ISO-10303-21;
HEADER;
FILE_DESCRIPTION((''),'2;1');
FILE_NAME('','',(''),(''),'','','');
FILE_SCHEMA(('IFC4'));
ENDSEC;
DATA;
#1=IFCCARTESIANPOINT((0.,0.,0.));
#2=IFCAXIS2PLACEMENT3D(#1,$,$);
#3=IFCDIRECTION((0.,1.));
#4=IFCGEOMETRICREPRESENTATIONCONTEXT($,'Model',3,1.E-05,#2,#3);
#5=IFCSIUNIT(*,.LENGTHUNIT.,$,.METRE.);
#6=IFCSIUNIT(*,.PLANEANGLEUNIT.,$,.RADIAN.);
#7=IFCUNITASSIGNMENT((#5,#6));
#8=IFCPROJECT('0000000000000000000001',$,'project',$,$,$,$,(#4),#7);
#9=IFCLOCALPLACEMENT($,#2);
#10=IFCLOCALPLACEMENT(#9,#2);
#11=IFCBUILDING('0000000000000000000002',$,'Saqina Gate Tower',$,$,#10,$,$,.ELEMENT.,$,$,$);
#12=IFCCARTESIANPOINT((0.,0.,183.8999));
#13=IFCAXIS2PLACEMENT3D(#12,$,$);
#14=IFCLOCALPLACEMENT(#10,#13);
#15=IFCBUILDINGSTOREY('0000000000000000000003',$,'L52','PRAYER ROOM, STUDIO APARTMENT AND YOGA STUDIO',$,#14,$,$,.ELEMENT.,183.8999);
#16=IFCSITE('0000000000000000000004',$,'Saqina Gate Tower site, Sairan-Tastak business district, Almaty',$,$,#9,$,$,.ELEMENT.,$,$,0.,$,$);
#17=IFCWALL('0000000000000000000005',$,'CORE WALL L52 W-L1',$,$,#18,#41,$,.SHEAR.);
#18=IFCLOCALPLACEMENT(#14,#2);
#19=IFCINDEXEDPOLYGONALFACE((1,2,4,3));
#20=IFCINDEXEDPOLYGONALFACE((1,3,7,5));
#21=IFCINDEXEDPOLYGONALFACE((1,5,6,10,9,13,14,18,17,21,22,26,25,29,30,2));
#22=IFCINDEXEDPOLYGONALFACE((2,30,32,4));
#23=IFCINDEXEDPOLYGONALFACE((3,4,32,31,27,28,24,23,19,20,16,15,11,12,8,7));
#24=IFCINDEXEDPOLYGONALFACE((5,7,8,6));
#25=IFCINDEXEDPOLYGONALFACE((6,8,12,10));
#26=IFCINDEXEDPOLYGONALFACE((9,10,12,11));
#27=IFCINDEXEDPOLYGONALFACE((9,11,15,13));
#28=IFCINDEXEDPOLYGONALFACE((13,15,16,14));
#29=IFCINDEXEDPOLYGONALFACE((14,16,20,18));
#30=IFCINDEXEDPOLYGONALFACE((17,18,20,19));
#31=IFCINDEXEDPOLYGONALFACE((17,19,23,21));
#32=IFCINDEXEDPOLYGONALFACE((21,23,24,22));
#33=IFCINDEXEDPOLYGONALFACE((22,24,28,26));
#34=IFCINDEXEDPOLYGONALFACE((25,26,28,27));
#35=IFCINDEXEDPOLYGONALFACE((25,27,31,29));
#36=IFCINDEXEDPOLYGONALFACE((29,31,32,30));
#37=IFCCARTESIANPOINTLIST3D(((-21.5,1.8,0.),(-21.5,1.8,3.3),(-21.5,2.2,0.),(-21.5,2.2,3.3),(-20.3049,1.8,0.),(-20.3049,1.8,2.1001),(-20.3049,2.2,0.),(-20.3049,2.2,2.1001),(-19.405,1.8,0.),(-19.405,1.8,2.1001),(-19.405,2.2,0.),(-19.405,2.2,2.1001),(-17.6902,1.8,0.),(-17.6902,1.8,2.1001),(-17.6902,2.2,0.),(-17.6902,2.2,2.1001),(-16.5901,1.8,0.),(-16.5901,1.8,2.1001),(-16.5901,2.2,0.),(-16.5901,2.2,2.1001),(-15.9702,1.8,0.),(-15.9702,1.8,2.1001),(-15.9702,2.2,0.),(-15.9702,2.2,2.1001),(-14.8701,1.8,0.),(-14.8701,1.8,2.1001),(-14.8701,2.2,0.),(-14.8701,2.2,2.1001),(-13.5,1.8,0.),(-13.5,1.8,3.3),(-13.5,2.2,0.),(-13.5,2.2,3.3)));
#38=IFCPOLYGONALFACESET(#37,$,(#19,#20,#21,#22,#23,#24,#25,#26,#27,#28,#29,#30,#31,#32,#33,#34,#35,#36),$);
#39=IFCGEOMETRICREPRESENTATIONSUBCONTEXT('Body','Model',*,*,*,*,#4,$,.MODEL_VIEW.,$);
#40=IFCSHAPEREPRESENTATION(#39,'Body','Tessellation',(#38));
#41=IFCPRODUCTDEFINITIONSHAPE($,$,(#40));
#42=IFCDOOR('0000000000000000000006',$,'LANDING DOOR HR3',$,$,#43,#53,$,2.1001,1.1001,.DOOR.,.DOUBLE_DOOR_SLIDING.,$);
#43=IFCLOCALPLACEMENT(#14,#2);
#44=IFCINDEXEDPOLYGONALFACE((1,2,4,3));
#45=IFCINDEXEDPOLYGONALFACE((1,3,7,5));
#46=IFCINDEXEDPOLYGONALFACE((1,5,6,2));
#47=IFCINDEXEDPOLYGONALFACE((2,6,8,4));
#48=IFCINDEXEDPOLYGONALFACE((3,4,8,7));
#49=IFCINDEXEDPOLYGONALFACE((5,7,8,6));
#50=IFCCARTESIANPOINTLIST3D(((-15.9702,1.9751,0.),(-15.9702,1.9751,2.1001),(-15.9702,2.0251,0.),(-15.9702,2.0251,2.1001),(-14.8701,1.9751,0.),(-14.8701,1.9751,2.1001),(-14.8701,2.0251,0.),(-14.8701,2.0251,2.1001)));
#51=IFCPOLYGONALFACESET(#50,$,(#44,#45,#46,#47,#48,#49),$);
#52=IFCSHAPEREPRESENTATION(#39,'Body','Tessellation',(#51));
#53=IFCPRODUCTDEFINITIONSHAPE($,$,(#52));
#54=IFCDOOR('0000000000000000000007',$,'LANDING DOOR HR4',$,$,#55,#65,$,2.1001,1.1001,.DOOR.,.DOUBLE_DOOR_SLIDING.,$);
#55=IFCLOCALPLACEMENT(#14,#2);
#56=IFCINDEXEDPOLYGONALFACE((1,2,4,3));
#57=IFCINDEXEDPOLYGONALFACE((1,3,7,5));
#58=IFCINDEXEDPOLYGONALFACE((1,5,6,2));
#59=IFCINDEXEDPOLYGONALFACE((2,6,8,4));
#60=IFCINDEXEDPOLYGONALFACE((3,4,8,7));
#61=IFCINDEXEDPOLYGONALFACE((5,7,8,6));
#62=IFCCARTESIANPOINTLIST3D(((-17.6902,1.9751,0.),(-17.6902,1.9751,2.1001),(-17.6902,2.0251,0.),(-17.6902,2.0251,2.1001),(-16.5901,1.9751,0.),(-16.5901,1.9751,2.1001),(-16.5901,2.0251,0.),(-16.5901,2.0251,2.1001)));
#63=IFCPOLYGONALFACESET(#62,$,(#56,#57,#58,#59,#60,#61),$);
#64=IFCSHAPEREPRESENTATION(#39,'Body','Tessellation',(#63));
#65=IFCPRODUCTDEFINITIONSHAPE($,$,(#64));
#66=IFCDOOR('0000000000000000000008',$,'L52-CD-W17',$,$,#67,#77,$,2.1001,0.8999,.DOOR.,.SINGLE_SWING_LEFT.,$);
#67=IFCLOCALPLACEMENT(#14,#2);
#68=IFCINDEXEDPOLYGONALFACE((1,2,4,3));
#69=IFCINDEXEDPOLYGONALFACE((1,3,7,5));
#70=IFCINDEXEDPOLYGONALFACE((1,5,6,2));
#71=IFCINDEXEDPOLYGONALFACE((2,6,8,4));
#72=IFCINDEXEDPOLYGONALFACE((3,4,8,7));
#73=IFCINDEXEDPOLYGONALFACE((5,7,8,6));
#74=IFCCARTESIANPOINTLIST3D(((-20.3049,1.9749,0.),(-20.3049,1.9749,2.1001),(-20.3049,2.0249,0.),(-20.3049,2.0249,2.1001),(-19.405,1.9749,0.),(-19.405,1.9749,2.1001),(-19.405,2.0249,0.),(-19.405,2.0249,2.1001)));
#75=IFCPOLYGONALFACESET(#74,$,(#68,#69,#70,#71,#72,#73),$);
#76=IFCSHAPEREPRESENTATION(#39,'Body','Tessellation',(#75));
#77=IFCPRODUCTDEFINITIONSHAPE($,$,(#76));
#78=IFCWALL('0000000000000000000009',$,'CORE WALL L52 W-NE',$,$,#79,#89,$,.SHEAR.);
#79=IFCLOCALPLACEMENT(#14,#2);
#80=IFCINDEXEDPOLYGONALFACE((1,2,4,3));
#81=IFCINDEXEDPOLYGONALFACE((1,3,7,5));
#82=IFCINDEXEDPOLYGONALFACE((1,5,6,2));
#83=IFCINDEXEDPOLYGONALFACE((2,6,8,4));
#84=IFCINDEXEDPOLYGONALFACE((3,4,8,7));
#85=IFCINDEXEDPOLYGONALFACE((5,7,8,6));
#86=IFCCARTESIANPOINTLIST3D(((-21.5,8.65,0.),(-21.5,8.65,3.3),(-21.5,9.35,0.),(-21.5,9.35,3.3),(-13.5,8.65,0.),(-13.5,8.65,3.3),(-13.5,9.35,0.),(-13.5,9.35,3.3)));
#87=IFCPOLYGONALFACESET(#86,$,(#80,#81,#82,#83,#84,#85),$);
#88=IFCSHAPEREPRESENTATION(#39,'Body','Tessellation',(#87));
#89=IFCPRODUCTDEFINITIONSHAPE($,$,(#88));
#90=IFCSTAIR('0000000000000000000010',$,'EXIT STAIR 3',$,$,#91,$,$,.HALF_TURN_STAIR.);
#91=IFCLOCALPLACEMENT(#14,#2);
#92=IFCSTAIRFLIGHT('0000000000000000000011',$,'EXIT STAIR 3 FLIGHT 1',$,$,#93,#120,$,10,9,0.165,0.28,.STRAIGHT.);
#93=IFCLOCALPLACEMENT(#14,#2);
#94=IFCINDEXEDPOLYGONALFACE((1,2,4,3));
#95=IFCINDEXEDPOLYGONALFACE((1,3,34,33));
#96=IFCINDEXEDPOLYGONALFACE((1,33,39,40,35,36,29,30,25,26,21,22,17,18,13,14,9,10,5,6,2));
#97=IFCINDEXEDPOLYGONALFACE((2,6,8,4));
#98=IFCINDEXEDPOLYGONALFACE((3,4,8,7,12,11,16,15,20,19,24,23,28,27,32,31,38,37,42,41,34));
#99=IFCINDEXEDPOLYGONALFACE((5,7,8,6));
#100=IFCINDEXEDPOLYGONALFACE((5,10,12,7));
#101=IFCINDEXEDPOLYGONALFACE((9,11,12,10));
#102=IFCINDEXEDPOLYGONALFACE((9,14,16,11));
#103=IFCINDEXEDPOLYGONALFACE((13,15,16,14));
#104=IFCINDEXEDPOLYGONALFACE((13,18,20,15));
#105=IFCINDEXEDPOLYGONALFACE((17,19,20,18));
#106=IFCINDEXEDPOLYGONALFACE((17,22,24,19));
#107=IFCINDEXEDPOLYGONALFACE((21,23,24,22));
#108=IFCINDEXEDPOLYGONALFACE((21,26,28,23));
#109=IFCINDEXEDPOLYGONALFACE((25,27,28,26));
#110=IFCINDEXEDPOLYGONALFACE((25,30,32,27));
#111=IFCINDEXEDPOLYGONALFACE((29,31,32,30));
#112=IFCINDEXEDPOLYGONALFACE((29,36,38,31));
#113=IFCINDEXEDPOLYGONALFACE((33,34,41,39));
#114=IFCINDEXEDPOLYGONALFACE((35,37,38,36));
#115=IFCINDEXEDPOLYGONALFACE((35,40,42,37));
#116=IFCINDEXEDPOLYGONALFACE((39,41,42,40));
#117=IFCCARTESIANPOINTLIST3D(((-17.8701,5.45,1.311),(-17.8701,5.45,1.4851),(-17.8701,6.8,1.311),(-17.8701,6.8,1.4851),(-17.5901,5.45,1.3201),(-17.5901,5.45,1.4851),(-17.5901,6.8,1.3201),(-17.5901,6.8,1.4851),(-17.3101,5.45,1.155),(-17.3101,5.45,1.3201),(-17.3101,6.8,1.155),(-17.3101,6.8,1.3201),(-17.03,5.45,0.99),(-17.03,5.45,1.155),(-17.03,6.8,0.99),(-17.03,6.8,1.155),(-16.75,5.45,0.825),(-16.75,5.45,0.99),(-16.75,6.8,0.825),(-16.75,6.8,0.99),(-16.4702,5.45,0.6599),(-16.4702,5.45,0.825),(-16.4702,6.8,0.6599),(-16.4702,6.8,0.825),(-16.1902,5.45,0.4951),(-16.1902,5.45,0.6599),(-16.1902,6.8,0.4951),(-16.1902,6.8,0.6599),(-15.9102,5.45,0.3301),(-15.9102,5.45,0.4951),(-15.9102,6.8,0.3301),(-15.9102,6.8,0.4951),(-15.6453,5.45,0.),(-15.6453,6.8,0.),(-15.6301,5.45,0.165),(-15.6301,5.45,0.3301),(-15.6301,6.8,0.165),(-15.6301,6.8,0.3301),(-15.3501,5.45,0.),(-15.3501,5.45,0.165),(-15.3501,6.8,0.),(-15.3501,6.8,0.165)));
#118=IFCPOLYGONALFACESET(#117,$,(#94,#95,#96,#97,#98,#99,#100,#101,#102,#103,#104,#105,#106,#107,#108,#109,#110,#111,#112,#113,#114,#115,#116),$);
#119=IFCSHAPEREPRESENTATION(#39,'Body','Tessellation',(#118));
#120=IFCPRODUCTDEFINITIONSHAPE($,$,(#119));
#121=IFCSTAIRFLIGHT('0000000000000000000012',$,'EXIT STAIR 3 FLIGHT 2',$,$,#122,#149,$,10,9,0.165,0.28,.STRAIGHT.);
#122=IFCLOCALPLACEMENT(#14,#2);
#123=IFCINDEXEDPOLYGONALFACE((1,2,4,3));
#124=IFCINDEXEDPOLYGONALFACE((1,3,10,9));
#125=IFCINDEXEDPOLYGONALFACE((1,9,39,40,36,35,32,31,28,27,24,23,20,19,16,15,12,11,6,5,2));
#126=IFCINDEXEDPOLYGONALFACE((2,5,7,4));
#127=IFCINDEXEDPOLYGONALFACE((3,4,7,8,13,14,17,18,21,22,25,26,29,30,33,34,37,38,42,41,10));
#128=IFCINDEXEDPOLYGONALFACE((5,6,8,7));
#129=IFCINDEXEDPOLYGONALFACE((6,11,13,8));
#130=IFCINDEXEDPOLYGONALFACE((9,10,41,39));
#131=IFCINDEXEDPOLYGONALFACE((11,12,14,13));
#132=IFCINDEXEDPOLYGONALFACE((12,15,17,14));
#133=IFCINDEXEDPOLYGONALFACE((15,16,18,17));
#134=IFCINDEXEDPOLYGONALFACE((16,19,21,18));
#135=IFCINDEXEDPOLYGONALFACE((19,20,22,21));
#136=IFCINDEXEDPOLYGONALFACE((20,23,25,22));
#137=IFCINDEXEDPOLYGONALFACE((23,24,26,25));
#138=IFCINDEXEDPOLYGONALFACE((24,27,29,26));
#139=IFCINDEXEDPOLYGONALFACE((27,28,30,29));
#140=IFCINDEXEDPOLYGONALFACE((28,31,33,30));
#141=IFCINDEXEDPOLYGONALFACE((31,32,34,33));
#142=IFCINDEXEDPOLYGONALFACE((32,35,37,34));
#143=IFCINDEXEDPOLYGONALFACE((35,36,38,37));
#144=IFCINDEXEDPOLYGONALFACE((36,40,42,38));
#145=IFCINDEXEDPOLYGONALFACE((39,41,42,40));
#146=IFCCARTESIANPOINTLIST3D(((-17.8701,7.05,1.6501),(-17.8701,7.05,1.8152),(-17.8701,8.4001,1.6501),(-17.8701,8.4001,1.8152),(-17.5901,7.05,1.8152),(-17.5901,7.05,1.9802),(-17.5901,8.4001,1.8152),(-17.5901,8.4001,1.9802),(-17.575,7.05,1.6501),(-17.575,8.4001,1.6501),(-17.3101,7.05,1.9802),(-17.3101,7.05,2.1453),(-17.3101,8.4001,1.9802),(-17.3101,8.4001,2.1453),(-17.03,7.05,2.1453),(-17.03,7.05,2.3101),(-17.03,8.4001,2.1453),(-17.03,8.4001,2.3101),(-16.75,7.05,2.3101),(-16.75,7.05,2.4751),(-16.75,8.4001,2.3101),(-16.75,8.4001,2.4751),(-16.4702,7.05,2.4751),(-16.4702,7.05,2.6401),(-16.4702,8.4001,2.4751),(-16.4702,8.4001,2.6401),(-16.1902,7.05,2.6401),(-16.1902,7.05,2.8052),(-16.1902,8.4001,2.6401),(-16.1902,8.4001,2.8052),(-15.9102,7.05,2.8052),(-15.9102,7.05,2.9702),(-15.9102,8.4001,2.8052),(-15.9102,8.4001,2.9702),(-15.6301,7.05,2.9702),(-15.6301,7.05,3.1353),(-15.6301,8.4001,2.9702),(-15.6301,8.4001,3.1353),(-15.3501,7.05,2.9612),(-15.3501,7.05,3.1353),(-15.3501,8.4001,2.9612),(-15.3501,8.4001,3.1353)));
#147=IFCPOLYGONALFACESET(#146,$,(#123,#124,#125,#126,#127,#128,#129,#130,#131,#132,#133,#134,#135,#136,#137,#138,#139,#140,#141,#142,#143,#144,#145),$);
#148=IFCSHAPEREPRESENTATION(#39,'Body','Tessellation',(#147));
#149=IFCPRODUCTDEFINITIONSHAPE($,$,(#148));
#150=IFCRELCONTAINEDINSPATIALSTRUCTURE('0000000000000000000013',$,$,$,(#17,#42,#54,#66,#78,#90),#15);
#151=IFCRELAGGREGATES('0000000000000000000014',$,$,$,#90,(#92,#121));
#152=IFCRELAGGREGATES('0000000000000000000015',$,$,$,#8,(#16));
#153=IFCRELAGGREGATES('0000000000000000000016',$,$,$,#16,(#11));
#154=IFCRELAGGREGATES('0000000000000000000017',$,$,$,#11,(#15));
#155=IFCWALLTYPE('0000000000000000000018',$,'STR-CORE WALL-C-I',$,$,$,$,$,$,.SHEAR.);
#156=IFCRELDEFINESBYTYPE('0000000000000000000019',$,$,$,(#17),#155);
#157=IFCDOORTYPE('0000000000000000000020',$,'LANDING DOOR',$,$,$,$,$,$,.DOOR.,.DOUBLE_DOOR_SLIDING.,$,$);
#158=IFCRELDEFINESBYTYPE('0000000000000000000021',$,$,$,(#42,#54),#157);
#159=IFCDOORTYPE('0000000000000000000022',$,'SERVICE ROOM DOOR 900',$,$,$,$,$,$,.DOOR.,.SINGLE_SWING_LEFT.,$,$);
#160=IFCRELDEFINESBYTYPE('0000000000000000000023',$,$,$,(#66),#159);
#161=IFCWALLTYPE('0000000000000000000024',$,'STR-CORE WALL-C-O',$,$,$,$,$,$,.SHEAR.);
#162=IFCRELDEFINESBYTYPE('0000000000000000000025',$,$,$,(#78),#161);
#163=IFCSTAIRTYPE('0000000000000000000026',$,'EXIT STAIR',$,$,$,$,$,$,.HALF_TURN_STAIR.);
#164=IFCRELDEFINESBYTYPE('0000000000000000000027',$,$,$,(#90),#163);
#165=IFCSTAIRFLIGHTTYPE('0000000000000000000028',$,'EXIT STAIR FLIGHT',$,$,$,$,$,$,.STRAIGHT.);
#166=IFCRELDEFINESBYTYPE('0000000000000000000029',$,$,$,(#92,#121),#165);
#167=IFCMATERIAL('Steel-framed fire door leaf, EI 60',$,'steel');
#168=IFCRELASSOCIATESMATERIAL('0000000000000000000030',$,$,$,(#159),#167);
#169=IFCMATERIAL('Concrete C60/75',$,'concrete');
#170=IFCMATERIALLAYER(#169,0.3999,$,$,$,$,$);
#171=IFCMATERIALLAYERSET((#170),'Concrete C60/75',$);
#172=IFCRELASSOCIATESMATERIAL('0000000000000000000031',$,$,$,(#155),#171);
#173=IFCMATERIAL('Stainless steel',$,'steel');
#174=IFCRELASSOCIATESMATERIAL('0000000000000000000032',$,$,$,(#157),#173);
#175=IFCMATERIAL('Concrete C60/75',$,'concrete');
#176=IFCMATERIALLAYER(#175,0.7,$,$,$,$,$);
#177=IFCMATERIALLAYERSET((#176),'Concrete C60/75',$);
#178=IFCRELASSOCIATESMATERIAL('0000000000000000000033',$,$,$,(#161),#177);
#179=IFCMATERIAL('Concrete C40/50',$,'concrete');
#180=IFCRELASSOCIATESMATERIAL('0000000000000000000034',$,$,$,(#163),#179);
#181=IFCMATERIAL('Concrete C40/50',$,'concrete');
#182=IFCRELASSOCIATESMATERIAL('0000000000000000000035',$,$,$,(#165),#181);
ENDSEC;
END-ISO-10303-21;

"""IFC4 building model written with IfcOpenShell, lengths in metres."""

from ifc_helpers import new_model, si_unit, direction, frame, frame_2d, origin, place, context, subcontext, project, spatial, polyline, rectangle, outline, extrude, material, layer, layer_set, type_object, element, fill, aggregate, save


model = new_model("IFC4")

# Units and contexts
model_context = context("Model", 3, precision=1e-05, world=origin(), true_north=direction((0.0, 1.0)))
body_context = subcontext(model_context, "Body", "Model", "MODEL_VIEW")
ifc_project = project(units=[si_unit("LENGTHUNIT", "METRE"), si_unit("PLANEANGLEUNIT", "RADIAN")], contexts=[model_context])

# Site, building, storey
site_placement = place(None, origin())
site = spatial("IfcSite", under=ifc_project, at=site_placement, Name="Saqina Gate Tower site, Sairan-Tastak business district, Almaty", CompositionType="ELEMENT", RefElevation=0.0)
building_placement = place(site_placement, origin())
building = spatial("IfcBuilding", under=site, at=building_placement, Name="Saqina Gate Tower", CompositionType="ELEMENT")
storey_placement = place(building_placement, frame((0.0, 0.0, 183.8999)))
storey = spatial("IfcBuildingStorey", under=building, at=storey_placement, Name="L52", Description="PRAYER ROOM, STUDIO APARTMENT AND YOGA STUDIO", CompositionType="ELEMENT", Elevation=183.8999)

# Shared definitions
ifc_material_1 = material(Name="Steel-framed fire door leaf, EI 60", Category="steel")
door_type_1 = type_object("IfcDoorType", Name="SERVICE ROOM DOOR 900", OperationType="SINGLE_SWING_LEFT", PredefinedType="DOOR", material=ifc_material_1)

# Shared definitions
ifc_material_2 = material(Name="Concrete C60/75", Category="concrete")
ifc_layer_1 = layer(ifc_material_2, 0.3999)
ifc_layer_set_1 = layer_set([ifc_layer_1], Name="Concrete C60/75")
wall_type_1 = type_object("IfcWallType", Name="STR-CORE WALL-C-I", PredefinedType="SHEAR", material=ifc_layer_set_1)

# Wall, openings, doors
wall_1_placement = place(storey_placement, frame((-13.5, 2.0, 0.0), z_axis=(0.0, 0.0, 1.0), x_axis=(-1.0, 0.0, 0.0)))
wall_1 = element("IfcWall", 1, at=wall_1_placement, inside=storey, type_object=wall_type_1, Name="CORE WALL L52 W-L1", PredefinedType="SHEAR", context=body_context, shape_type="SweptSolid", body=[
    extrude(rectangle(XDim=8.0, YDim=0.3999, at=frame_2d((4.0, 0.0))), origin(), (0.0, 0.0, 1.0), 3.3),
])
opening_1_placement = place(wall_1_placement, frame((1.3701, 0.0, 0.0)))
opening_1 = element("IfcOpeningElement", 2, at=opening_1_placement, cuts=wall_1, PredefinedType="OPENING", context=body_context, shape_type="SweptSolid", body=[
    extrude(rectangle(XDim=1.1001, YDim=2.1001, at=frame_2d((0.55, 1.05))), frame((0.0, 0.2119, 0.0), z_axis=(0.0, -1.0, 0.0), x_axis=(1.0, 0.0, 0.0)), (0.0, 0.0, 1.0), 0.4238),
])
opening_2_placement = place(wall_1_placement, frame((3.0901, 0.0, 0.0)))
opening_2 = element("IfcOpeningElement", 3, at=opening_2_placement, cuts=wall_1, PredefinedType="OPENING", context=body_context, shape_type="SweptSolid", body=[
    extrude(rectangle(XDim=1.1001, YDim=2.1001, at=frame_2d((0.55, 1.05))), frame((0.0, 0.2119, 0.0), z_axis=(0.0, -1.0, 0.0), x_axis=(1.0, 0.0, 0.0)), (0.0, 0.0, 1.0), 0.4238),
])
opening_3_placement = place(wall_1_placement, frame((5.905, 0.0, 0.0)))
opening_3 = element("IfcOpeningElement", 4, at=opening_3_placement, cuts=wall_1, PredefinedType="OPENING", context=body_context, shape_type="SweptSolid", body=[
    extrude(rectangle(XDim=0.8999, YDim=2.1001, at=frame_2d((0.45, 1.05))), frame((0.0, 0.2119, 0.0), z_axis=(0.0, -1.0, 0.0), x_axis=(1.0, 0.0, 0.0)), (0.0, 0.0, 1.0), 0.4238),
])
ifc_material_3 = material(Name="Stainless steel", Category="steel")
door_type_2 = type_object("IfcDoorType", Name="LANDING DOOR", OperationType="DOUBLE_DOOR_SLIDING", PredefinedType="DOOR", material=ifc_material_3)
door_1_placement = place(opening_1_placement, origin())
door_1 = element("IfcDoor", 5, at=door_1_placement, inside=storey, type_object=door_type_2, Name="LANDING DOOR HR3", OperationType="DOUBLE_DOOR_SLIDING", OverallHeight=2.1001, OverallWidth=1.1001, PredefinedType="DOOR", context=body_context, shape_type="SweptSolid", body=[
    extrude(rectangle(XDim=1.1001, YDim=2.1001, at=frame_2d((0.55, 1.05))), frame((0.0, 0.0249, 0.0), z_axis=(0.0, -1.0, 0.0), x_axis=(1.0, 0.0, 0.0)), (0.0, 0.0, 1.0), 0.05),
])
fill(opening_1, door_1)
door_2_placement = place(opening_2_placement, origin())
door_2 = element("IfcDoor", 6, at=door_2_placement, inside=storey, type_object=door_type_2, Name="LANDING DOOR HR4", OperationType="DOUBLE_DOOR_SLIDING", OverallHeight=2.1001, OverallWidth=1.1001, PredefinedType="DOOR", context=body_context, shape_type="SweptSolid", body=[
    extrude(rectangle(XDim=1.1001, YDim=2.1001, at=frame_2d((0.55, 1.05))), frame((0.0, 0.0249, 0.0), z_axis=(0.0, -1.0, 0.0), x_axis=(1.0, 0.0, 0.0)), (0.0, 0.0, 1.0), 0.05),
])
fill(opening_2, door_2)
door_3_placement = place(opening_3_placement, frame((0.8999, 0.0, 0.0), z_axis=(0.0, 0.0, 1.0), x_axis=(-1.0, 0.0, 0.0)))
door_3 = element("IfcDoor", 7, at=door_3_placement, inside=storey, type_object=door_type_1, Name="L52-CD-W17", OperationType="SINGLE_SWING_LEFT", OverallHeight=2.1001, OverallWidth=0.8999, PredefinedType="DOOR", context=body_context, shape_type="SweptSolid", body=[
    extrude(rectangle(XDim=0.8999, YDim=2.1001, at=frame_2d((0.45, 1.05))), frame((0.0, 0.0249, 0.0), z_axis=(0.0, -1.0, 0.0), x_axis=(1.0, 0.0, 0.0)), (0.0, 0.0, 1.0), 0.05),
])
fill(opening_3, door_3)

# Wall
ifc_material_4 = material(Name="Concrete C60/75", Category="concrete")
ifc_layer_2 = layer(ifc_material_4, 0.7)
ifc_layer_set_2 = layer_set([ifc_layer_2], Name="Concrete C60/75")
wall_type_2 = type_object("IfcWallType", Name="STR-CORE WALL-C-O", PredefinedType="SHEAR", material=ifc_layer_set_2)
wall_2_placement = place(storey_placement, frame((-13.5, 9.0, 0.0), z_axis=(0.0, 0.0, 1.0), x_axis=(-1.0, 0.0, 0.0)))
element("IfcWall", 8, at=wall_2_placement, inside=storey, type_object=wall_type_2, Name="CORE WALL L52 W-NE", PredefinedType="SHEAR", context=body_context, shape_type="SweptSolid", body=[
    extrude(rectangle(XDim=8.0, YDim=0.7, at=frame_2d((4.0, 0.0))), origin(), (0.0, 0.0, 1.0), 3.3),
])

# Stair, stair flights
ifc_material_5 = material(Name="Concrete C40/50", Category="concrete")
stair_type = type_object("IfcStairType", Name="EXIT STAIR", PredefinedType="HALF_TURN_STAIR", material=ifc_material_5)
stair_placement = place(storey_placement, origin())
stair = element("IfcStair", 9, at=stair_placement, inside=storey, type_object=stair_type, Name="EXIT STAIR 3", PredefinedType="HALF_TURN_STAIR")
ifc_material_6 = material(Name="Concrete C40/50", Category="concrete")
stair_flight_type = type_object("IfcStairFlightType", Name="EXIT STAIR FLIGHT", PredefinedType="STRAIGHT", material=ifc_material_6)
stair_flight_1_placement = place(storey_placement, frame((-15.3501, 6.125, 0.0), z_axis=(0.0, 0.0, 1.0), x_axis=(-1.0, 0.0, 0.0)))
stair_flight_1 = element("IfcStairFlight", 10, at=stair_flight_1_placement, type_object=stair_flight_type, Name="EXIT STAIR 3 FLIGHT 1", NumberOfRisers=10, NumberOfTreads=9, PredefinedType="STRAIGHT", RiserHeight=0.165, TreadLength=0.28, context=body_context, shape_type="SweptSolid", body=[
    extrude(outline(polyline([(0.0, 0.0), (0.0, 0.165), (0.28, 0.165), (0.28, 0.3301), (0.5601, 0.3301), (0.5601, 0.4951), (0.8401, 0.4951), (0.8401, 0.6599), (1.1201, 0.6599), (1.1201, 0.825), (1.3999, 0.825), (1.3999, 0.99), (1.6799, 0.99), (1.6799, 1.155), (1.96, 1.155), (1.96, 1.3201), (2.24, 1.3201), (2.24, 1.4851), (2.52, 1.4851), (2.52, 1.6499), (2.52, 1.311), (0.2952, 0.0), (0.0, 0.0)])), frame((0.0, 0.675, 0.0), z_axis=(0.0, -1.0, 0.0), x_axis=(1.0, 0.0, 0.0)), (0.0, 0.0, 1.0), 1.3501),
])
stair_flight_2_placement = place(storey_placement, frame((-17.8701, 7.7251, 1.6501), z_axis=(0.0, 0.0, 1.0), x_axis=(1.0, 0.0, 0.0)))
stair_flight_2 = element("IfcStairFlight", 11, at=stair_flight_2_placement, type_object=stair_flight_type, Name="EXIT STAIR 3 FLIGHT 2", NumberOfRisers=10, NumberOfTreads=9, PredefinedType="STRAIGHT", RiserHeight=0.165, TreadLength=0.28, context=body_context, shape_type="SweptSolid", body=[
    extrude(outline(polyline([(0.0, 0.0), (0.0, 0.165), (0.28, 0.165), (0.28, 0.3301), (0.5601, 0.3301), (0.5601, 0.4951), (0.8401, 0.4951), (0.8401, 0.6599), (1.1201, 0.6599), (1.1201, 0.825), (1.3999, 0.825), (1.3999, 0.99), (1.6799, 0.99), (1.6799, 1.155), (1.96, 1.155), (1.96, 1.3201), (2.24, 1.3201), (2.24, 1.4851), (2.52, 1.4851), (2.52, 1.6499), (2.52, 1.311), (0.2952, 0.0), (0.0, 0.0)])), frame((0.0, 0.675, 0.0), z_axis=(0.0, -1.0, 0.0), x_axis=(1.0, 0.0, 0.0)), (0.0, 0.0, 1.0), 1.3501),
])
aggregate(stair, [stair_flight_1, stair_flight_2])

save(model, "model.ifc")
